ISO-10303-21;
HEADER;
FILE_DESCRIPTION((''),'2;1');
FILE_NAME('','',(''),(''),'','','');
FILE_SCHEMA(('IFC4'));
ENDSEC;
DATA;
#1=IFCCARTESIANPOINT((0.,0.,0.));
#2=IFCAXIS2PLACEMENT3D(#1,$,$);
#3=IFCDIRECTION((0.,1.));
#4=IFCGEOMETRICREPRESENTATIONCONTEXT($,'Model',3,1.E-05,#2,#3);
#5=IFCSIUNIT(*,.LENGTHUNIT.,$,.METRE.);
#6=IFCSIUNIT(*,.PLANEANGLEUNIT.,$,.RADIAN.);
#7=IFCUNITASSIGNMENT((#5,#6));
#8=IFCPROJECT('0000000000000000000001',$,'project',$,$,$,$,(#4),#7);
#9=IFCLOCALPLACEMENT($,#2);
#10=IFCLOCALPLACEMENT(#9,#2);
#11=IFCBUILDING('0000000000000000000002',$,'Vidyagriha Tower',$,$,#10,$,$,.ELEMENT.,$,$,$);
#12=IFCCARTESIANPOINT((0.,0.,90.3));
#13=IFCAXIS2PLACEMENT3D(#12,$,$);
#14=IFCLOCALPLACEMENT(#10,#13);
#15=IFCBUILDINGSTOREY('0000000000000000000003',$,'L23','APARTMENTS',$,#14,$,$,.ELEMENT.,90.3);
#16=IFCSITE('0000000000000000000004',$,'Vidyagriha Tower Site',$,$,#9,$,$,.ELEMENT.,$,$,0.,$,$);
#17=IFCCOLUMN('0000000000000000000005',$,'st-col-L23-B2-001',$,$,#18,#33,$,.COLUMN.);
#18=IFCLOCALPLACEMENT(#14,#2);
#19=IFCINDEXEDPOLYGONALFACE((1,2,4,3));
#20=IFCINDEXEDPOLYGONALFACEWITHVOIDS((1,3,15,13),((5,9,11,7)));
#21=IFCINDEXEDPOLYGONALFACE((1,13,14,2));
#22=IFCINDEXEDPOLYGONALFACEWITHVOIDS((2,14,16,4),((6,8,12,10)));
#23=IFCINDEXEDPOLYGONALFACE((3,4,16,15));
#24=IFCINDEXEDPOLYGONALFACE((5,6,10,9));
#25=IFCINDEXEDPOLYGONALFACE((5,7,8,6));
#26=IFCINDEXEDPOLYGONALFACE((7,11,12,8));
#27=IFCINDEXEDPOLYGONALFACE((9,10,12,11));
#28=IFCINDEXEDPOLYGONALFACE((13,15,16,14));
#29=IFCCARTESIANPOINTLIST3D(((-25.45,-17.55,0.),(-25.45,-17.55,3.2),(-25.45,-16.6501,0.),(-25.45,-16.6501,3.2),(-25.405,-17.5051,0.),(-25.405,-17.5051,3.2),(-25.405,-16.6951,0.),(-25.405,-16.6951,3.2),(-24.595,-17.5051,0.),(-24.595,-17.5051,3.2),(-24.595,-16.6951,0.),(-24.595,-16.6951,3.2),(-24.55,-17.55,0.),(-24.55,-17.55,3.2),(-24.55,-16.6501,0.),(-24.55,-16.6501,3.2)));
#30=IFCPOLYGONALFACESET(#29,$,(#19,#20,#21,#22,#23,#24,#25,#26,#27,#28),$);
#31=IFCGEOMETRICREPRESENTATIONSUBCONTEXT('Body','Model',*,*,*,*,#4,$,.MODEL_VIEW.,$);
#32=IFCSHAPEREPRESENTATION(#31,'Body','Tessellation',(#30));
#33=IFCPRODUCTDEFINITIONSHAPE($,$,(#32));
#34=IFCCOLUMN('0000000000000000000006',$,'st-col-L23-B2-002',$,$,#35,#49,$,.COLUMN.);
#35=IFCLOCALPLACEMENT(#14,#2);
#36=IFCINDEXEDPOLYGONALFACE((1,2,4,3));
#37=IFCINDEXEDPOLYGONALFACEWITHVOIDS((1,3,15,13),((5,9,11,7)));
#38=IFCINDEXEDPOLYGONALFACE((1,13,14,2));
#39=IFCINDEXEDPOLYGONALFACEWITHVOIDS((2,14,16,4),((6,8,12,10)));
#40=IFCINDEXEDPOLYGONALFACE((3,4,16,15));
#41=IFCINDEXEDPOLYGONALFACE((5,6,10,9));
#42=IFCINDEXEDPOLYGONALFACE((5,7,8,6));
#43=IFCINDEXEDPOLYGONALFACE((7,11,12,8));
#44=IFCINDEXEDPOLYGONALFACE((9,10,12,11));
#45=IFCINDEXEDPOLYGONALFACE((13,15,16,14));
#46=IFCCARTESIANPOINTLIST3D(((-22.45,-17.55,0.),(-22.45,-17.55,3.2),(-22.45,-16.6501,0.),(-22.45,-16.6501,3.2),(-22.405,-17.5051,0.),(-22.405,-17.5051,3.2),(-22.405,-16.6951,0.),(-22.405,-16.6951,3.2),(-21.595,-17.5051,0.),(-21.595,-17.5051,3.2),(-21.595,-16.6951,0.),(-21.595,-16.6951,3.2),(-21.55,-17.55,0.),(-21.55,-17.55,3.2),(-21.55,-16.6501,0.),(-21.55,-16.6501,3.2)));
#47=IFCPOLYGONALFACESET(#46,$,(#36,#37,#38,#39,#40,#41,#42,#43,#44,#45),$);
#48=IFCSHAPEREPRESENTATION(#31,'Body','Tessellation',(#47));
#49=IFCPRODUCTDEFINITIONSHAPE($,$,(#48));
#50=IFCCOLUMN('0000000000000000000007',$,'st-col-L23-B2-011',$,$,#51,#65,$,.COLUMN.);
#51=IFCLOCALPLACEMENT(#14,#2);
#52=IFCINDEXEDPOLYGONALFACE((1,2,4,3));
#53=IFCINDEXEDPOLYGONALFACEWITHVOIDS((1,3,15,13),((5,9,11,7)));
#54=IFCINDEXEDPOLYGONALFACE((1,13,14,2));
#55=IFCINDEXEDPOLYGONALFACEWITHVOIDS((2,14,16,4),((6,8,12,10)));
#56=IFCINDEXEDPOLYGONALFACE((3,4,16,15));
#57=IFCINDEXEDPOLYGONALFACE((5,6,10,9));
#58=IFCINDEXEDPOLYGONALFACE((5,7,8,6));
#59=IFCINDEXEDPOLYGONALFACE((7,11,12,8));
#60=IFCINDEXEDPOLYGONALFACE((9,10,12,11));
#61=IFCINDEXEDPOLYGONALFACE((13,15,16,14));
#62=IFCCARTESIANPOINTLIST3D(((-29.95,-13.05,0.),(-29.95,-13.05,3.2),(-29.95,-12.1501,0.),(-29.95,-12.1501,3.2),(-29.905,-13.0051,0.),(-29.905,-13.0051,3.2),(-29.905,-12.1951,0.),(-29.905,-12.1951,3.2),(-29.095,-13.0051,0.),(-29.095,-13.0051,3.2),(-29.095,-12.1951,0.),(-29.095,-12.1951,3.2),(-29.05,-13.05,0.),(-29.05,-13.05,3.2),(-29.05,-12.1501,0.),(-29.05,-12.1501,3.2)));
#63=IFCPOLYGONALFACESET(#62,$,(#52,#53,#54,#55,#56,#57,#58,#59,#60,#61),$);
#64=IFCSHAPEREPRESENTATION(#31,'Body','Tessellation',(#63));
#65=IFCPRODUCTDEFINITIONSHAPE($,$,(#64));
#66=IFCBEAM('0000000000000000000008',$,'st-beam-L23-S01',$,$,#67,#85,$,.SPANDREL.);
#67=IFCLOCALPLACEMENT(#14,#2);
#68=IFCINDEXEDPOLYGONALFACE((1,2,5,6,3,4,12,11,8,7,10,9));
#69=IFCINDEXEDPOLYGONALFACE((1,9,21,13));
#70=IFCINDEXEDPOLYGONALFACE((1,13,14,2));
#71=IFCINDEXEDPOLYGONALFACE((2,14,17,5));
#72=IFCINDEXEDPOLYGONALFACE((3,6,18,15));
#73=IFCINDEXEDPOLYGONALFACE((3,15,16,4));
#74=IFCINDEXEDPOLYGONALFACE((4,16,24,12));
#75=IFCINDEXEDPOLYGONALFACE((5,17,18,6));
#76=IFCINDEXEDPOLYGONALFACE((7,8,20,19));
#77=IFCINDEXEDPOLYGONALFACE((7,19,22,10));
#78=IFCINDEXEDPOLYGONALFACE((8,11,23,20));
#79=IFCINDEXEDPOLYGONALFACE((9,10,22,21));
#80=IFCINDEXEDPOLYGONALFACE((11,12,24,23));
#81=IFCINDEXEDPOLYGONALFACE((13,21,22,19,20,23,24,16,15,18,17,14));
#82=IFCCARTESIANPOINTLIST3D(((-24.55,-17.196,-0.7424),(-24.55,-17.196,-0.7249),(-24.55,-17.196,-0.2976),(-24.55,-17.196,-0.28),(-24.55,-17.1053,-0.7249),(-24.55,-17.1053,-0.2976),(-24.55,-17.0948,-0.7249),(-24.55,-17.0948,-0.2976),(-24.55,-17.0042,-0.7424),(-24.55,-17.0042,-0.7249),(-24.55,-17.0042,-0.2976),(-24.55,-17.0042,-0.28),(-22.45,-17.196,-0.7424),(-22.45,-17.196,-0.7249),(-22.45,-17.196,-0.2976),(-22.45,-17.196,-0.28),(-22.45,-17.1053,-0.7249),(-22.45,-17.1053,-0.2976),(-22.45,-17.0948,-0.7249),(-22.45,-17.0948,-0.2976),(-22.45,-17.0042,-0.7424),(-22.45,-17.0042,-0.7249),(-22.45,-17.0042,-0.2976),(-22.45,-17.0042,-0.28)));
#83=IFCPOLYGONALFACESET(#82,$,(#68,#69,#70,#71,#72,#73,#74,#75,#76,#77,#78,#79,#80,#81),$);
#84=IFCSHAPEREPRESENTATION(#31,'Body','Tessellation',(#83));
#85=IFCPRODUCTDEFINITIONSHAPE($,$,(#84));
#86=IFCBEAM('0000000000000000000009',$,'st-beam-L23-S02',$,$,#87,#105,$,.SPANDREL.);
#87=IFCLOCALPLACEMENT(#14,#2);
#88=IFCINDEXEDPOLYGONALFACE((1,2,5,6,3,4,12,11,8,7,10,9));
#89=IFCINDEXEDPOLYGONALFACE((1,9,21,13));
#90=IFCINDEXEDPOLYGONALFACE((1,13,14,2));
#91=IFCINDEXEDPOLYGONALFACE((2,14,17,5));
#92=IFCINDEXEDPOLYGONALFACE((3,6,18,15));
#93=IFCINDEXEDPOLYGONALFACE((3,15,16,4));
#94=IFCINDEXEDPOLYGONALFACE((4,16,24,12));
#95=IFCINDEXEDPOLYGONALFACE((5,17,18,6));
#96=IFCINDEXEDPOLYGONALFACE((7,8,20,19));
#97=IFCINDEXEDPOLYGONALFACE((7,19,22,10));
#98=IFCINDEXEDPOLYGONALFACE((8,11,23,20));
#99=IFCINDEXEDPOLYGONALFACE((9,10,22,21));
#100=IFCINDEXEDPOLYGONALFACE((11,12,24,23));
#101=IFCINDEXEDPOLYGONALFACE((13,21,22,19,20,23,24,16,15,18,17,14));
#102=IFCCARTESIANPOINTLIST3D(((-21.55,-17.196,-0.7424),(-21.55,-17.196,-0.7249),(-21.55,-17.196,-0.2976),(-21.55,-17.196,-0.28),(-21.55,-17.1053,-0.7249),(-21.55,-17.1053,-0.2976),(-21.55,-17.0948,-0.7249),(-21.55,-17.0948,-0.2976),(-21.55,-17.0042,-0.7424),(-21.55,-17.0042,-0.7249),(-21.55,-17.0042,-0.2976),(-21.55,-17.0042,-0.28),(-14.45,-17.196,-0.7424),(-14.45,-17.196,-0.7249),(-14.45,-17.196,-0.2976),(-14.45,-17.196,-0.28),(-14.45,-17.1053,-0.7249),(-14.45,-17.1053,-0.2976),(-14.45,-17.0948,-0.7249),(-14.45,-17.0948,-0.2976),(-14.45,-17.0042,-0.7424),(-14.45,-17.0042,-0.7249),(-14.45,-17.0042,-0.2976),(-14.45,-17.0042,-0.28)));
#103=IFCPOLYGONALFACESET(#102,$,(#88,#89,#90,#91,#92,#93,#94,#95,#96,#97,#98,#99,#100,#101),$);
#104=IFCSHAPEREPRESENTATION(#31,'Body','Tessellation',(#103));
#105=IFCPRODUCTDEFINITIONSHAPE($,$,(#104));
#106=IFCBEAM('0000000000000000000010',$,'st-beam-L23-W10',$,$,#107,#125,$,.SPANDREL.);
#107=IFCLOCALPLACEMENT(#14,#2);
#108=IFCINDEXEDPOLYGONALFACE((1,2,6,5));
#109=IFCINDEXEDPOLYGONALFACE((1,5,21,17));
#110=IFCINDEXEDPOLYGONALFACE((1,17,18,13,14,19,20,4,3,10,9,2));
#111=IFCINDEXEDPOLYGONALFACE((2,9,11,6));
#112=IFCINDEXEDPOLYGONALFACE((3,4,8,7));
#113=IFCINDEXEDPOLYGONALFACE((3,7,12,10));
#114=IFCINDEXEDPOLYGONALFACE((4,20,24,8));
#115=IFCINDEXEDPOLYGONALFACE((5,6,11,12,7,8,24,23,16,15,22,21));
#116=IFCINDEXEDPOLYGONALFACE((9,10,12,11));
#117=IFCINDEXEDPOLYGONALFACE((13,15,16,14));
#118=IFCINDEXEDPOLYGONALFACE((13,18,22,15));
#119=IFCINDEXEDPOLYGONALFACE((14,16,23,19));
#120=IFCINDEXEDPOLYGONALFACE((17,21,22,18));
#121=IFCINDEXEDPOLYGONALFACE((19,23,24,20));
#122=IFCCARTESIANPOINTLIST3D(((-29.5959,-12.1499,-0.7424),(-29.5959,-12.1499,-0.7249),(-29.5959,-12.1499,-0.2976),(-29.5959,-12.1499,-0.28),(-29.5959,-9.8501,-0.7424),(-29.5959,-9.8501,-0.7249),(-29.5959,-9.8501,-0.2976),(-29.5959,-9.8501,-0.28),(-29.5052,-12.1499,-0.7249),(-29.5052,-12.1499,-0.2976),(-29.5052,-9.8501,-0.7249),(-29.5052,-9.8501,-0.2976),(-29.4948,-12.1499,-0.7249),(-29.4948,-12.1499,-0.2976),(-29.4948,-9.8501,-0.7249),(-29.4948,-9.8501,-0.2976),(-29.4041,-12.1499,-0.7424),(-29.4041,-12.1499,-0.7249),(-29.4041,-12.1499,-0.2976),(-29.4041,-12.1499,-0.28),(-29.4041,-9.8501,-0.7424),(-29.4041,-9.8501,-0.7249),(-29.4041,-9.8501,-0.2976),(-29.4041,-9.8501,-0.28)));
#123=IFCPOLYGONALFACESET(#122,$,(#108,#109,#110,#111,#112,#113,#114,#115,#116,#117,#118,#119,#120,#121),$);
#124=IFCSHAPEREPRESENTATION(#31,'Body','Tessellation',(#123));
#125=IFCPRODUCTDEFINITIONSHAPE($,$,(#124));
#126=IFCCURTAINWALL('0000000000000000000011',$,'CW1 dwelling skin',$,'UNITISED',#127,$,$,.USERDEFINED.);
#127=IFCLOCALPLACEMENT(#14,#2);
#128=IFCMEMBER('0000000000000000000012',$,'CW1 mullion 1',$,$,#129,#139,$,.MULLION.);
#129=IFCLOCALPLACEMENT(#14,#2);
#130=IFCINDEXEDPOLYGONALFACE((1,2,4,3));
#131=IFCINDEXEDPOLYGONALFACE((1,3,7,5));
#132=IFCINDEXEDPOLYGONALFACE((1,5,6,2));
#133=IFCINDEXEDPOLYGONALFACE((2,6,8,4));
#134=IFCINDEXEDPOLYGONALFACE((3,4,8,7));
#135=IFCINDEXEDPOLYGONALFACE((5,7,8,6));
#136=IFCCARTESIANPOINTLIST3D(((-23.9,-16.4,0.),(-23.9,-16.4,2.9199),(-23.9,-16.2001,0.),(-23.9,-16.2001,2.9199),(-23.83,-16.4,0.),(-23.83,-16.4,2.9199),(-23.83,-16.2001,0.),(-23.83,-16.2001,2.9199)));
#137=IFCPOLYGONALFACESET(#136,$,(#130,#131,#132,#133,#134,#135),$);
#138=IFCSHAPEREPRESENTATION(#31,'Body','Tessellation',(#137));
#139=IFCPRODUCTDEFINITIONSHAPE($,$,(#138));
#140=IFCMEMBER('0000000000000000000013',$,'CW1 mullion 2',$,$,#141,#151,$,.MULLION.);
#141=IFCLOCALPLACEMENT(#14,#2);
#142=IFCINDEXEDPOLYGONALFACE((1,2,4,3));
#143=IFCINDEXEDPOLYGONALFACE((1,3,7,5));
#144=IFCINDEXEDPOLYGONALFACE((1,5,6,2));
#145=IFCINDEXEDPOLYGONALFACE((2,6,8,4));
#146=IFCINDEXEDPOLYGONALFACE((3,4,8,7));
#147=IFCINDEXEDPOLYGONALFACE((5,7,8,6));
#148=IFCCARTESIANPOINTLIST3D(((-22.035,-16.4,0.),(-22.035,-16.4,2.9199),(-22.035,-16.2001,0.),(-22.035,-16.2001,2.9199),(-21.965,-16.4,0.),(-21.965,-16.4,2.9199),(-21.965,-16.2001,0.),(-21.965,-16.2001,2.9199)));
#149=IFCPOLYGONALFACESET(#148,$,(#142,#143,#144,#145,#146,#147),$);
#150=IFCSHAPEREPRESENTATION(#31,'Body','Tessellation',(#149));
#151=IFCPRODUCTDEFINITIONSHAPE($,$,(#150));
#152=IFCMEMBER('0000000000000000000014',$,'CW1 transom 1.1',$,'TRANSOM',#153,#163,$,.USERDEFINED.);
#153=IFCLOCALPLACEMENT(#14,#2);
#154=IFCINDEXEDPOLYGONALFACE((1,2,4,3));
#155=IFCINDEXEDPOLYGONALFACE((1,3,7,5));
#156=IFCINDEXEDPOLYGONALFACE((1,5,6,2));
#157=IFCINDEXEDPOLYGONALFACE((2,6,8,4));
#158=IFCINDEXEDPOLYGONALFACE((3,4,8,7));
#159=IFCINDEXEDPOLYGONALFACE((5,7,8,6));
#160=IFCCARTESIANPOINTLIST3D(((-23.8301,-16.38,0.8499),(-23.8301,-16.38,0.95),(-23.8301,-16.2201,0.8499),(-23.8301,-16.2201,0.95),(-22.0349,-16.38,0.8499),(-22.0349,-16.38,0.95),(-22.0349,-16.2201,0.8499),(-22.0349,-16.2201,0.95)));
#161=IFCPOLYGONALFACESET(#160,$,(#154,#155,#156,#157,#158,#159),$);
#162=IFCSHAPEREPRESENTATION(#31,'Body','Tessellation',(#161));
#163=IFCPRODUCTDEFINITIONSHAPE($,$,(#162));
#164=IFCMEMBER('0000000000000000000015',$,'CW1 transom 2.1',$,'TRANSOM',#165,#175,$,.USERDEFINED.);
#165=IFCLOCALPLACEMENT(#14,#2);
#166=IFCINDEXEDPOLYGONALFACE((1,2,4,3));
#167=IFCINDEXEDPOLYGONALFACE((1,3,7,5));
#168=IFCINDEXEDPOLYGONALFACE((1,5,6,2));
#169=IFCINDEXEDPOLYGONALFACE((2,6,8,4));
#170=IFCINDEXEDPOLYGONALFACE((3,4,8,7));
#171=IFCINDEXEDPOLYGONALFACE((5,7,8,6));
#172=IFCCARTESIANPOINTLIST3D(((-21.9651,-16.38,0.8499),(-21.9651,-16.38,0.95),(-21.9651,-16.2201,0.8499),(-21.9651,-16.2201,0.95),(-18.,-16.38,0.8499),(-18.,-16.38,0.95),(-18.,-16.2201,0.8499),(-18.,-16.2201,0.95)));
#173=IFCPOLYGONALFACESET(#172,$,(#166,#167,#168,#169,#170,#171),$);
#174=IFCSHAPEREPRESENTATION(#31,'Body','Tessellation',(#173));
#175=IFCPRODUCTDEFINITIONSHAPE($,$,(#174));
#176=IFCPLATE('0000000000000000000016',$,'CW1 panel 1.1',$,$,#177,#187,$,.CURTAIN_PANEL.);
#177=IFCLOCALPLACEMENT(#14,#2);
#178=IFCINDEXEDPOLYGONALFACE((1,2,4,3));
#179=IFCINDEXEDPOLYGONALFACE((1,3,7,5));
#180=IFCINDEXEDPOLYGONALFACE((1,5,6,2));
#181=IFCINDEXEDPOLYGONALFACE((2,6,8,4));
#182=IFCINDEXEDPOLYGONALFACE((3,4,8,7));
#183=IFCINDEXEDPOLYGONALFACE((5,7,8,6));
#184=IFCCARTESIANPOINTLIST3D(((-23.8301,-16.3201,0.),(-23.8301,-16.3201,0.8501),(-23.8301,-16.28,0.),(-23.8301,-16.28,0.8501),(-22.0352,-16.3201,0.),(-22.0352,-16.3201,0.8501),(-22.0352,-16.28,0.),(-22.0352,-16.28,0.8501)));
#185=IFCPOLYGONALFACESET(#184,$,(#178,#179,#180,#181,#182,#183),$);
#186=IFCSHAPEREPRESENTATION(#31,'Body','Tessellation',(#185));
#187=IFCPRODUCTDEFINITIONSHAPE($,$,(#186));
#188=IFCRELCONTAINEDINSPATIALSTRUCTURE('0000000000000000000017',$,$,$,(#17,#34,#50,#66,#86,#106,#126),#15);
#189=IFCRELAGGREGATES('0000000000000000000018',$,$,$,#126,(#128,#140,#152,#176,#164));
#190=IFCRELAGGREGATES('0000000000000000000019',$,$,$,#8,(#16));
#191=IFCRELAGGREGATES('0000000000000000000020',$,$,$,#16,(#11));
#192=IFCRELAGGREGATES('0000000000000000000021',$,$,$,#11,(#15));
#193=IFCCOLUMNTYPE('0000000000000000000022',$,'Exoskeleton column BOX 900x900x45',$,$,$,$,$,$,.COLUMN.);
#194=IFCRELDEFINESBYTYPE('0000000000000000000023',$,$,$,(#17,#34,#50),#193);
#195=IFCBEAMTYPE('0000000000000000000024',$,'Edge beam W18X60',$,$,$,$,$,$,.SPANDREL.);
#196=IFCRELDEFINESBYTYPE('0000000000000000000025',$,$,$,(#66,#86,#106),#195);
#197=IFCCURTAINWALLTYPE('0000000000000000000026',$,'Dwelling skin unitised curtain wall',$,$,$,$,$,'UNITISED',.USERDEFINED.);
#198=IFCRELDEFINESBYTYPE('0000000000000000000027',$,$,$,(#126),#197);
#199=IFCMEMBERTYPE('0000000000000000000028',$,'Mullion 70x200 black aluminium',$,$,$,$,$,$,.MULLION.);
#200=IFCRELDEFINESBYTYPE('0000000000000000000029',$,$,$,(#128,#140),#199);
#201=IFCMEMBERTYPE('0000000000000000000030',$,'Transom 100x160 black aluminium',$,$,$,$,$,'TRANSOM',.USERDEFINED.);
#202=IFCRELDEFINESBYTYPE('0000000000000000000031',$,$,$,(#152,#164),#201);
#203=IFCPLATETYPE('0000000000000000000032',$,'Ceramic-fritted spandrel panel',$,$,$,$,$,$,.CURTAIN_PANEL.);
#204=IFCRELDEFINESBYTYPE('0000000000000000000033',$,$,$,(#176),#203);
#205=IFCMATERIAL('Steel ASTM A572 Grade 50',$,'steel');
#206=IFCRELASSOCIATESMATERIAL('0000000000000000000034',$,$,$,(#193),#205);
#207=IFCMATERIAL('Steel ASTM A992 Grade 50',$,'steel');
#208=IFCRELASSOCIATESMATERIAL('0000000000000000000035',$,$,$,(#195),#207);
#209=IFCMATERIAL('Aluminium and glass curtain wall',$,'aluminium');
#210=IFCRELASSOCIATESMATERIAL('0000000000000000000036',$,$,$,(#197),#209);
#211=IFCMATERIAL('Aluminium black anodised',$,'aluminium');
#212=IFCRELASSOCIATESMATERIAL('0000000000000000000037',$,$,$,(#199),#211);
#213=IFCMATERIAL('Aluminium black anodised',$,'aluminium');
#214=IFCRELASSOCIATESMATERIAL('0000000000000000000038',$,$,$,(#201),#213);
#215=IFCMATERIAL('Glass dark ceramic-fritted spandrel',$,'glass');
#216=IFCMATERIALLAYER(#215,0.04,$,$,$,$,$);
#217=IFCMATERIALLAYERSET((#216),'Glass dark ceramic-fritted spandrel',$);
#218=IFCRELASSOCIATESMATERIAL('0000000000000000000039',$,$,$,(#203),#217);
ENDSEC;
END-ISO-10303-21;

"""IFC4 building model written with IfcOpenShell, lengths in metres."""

from ifc_helpers import new_model, si_unit, direction, frame, origin, origin_2d, place, context, subcontext, project, spatial, rectangle, hollow_rectangle, i_section, extrude, material, layer, layer_set, material_profile, profile_set, type_object, element, aggregate, save


model = new_model("IFC4")

# Units and contexts
model_context = context("Model", 3, precision=1e-05, world=origin(), true_north=direction((0.0, 1.0)))
body_context = subcontext(model_context, "Body", "Model", "MODEL_VIEW")
ifc_project = project(units=[si_unit("LENGTHUNIT", "METRE"), si_unit("PLANEANGLEUNIT", "RADIAN")], contexts=[model_context])

# Site, building, storey
site_placement = place(None, origin())
site = spatial("IfcSite", under=ifc_project, at=site_placement, Name="Vidyagriha Tower Site", CompositionType="ELEMENT", RefElevation=0.0)
building_placement = place(site_placement, origin())
building = spatial("IfcBuilding", under=site, at=building_placement, Name="Vidyagriha Tower", CompositionType="ELEMENT")
storey_placement = place(building_placement, frame((0.0, 0.0, 90.3)))
storey = spatial("IfcBuildingStorey", under=building, at=storey_placement, Name="L23", Description="APARTMENTS", CompositionType="ELEMENT", Elevation=90.3)

# Columns
ifc_material_1 = material(Name="Steel ASTM A572 Grade 50", Category="steel")
ifc_material_profile_1 = material_profile(ifc_material_1, hollow_rectangle(XDim=0.8999, YDim=0.8999, WallThickness=0.0449, at=origin_2d()), Name="BOX 900x900x45")
ifc_profile_set_1 = profile_set([ifc_material_profile_1], Name="Steel ASTM A572 Grade 50")
column_type = type_object("IfcColumnType", Name="Exoskeleton column BOX 900x900x45", PredefinedType="COLUMN", material=ifc_profile_set_1)
for number, where, name in (
    (1, (-25.0, -17.1001, 0.0), "st-col-L23-B2-001"),
    (2, (-22.0, -17.1001, 0.0), "st-col-L23-B2-002"),
    (3, (-29.5, -12.6001, 0.0), "st-col-L23-B2-011"),
):
    element("IfcColumn", number, at=place(storey_placement, frame(where)), inside=storey, type_object=column_type, Name=name, PredefinedType="COLUMN", context=body_context, shape_type="SweptSolid", body=[
        extrude(hollow_rectangle(XDim=0.8999, YDim=0.8999, WallThickness=0.0449, at=origin_2d()), origin(), (0.0, 0.0, 1.0), 3.2),
    ])

# Beams
ifc_material_2 = material(Name="Steel ASTM A992 Grade 50", Category="steel")
ifc_material_profile_2 = material_profile(ifc_material_2, i_section(OverallWidth=0.1919, OverallDepth=0.4624, WebThickness=0.0105, FlangeThickness=0.0176, at=origin_2d()), Name="W18X60")
ifc_profile_set_2 = profile_set([ifc_material_profile_2], Name="Steel ASTM A992 Grade 50")
beam_type = type_object("IfcBeamType", Name="Edge beam W18X60", PredefinedType="SPANDREL", material=ifc_profile_set_2)
beam_1_placement = place(storey_placement, frame((-24.55, -17.1001, -0.5112), z_axis=(1.0, 0.0, 0.0), x_axis=(0.0, 1.0, 0.0)))
element("IfcBeam", 4, at=beam_1_placement, inside=storey, type_object=beam_type, Name="st-beam-L23-S01", PredefinedType="SPANDREL", context=body_context, shape_type="SweptSolid", body=[
    extrude(i_section(OverallWidth=0.1919, OverallDepth=0.4624, WebThickness=0.0105, FlangeThickness=0.0176, at=origin_2d()), origin(), (0.0, 0.0, 1.0), 2.1001),
])
beam_2_placement = place(storey_placement, frame((-21.55, -17.1001, -0.5112), z_axis=(1.0, 0.0, 0.0), x_axis=(0.0, 1.0, 0.0)))
element("IfcBeam", 5, at=beam_2_placement, inside=storey, type_object=beam_type, Name="st-beam-L23-S02", PredefinedType="SPANDREL", context=body_context, shape_type="SweptSolid", body=[
    extrude(i_section(OverallWidth=0.1919, OverallDepth=0.4624, WebThickness=0.0105, FlangeThickness=0.0176, at=origin_2d()), origin(), (0.0, 0.0, 1.0), 7.1001),
])
beam_3_placement = place(storey_placement, frame((-29.5, -12.1499, -0.5112), z_axis=(0.0, 1.0, 0.0), x_axis=(-1.0, 0.0, 0.0)))
element("IfcBeam", 6, at=beam_3_placement, inside=storey, type_object=beam_type, Name="st-beam-L23-W10", PredefinedType="SPANDREL", context=body_context, shape_type="SweptSolid", body=[
    extrude(i_section(OverallWidth=0.1919, OverallDepth=0.4624, WebThickness=0.0105, FlangeThickness=0.0176, at=origin_2d()), origin(), (0.0, 0.0, 1.0), 2.2998),
])

# Curtain wall, members, plate
ifc_material_3 = material(Name="Aluminium and glass curtain wall", Category="aluminium")
curtain_wall_type = type_object("IfcCurtainWallType", Name="Dwelling skin unitised curtain wall", ElementType="UNITISED", PredefinedType="USERDEFINED", material=ifc_material_3)
curtain_wall_placement = place(storey_placement, origin())
curtain_wall = element("IfcCurtainWall", 7, at=curtain_wall_placement, inside=storey, type_object=curtain_wall_type, Name="CW1 dwelling skin", ObjectType="UNITISED", PredefinedType="USERDEFINED")
ifc_material_4 = material(Name="Aluminium black anodised", Category="aluminium")
ifc_material_profile_3 = material_profile(ifc_material_4, rectangle(XDim=0.2, YDim=0.0701, at=origin_2d()), Name="Mullion 70x200 black aluminium")
ifc_profile_set_3 = profile_set([ifc_material_profile_3], Name="Aluminium black anodised")
member_type_1 = type_object("IfcMemberType", Name="Mullion 70x200 black aluminium", PredefinedType="MULLION", material=ifc_profile_set_3)
member_1_placement = place(storey_placement, frame((-23.865, -16.3, 0.0), z_axis=(0.0, 0.0, 1.0), x_axis=(0.0, 1.0, 0.0)))
member_1 = element("IfcMember", 8, at=member_1_placement, type_object=member_type_1, Name="CW1 mullion 1", PredefinedType="MULLION", context=body_context, shape_type="SweptSolid", body=[
    extrude(rectangle(XDim=0.2, YDim=0.0701, at=origin_2d()), origin(), (0.0, 0.0, 1.0), 2.9199),
])
member_2_placement = place(storey_placement, frame((-22.0, -16.3, 0.0), z_axis=(0.0, 0.0, 1.0), x_axis=(0.0, 1.0, 0.0)))
member_2 = element("IfcMember", 9, at=member_2_placement, type_object=member_type_1, Name="CW1 mullion 2", PredefinedType="MULLION", context=body_context, shape_type="SweptSolid", body=[
    extrude(rectangle(XDim=0.2, YDim=0.0701, at=origin_2d()), origin(), (0.0, 0.0, 1.0), 2.9199),
])
ifc_material_5 = material(Name="Aluminium black anodised", Category="aluminium")
ifc_material_profile_4 = material_profile(ifc_material_5, rectangle(XDim=0.1599, YDim=0.1001, at=origin_2d()), Name="Transom 100x160 black aluminium")
ifc_profile_set_4 = profile_set([ifc_material_profile_4], Name="Aluminium black anodised")
member_type_2 = type_object("IfcMemberType", Name="Transom 100x160 black aluminium", ElementType="TRANSOM", PredefinedType="USERDEFINED", material=ifc_profile_set_4)
member_3_placement = place(storey_placement, frame((-23.8301, -16.3, 0.8999), z_axis=(1.0, 0.0, 0.0), x_axis=(0.0, 1.0, 0.0)))
member_3 = element("IfcMember", 10, at=member_3_placement, type_object=member_type_2, Name="CW1 transom 1.1", ObjectType="TRANSOM", PredefinedType="USERDEFINED", context=body_context, shape_type="SweptSolid", body=[
    extrude(rectangle(XDim=0.1599, YDim=0.1001, at=origin_2d()), origin(), (0.0, 0.0, 1.0), 1.7952),
])
member_4_placement = place(storey_placement, frame((-21.9651, -16.3, 0.8999), z_axis=(1.0, 0.0, 0.0), x_axis=(0.0, 1.0, 0.0)))
member_4 = element("IfcMember", 11, at=member_4_placement, type_object=member_type_2, Name="CW1 transom 2.1", ObjectType="TRANSOM", PredefinedType="USERDEFINED", context=body_context, shape_type="SweptSolid", body=[
    extrude(rectangle(XDim=0.1599, YDim=0.1001, at=origin_2d()), origin(), (0.0, 0.0, 1.0), 3.9651),
])
ifc_material_6 = material(Name="Glass dark ceramic-fritted spandrel", Category="glass")
ifc_layer_1 = layer(ifc_material_6, 0.04)
ifc_layer_set_1 = layer_set([ifc_layer_1], Name="Glass dark ceramic-fritted spandrel")
plate_type_1 = type_object("IfcPlateType", Name="Ceramic-fritted spandrel panel", PredefinedType="CURTAIN_PANEL", material=ifc_layer_set_1)
plate_1_placement = place(storey_placement, frame((-22.9326, -16.3, 0.0)))
plate_1 = element("IfcPlate", 12, at=plate_1_placement, type_object=plate_type_1, Name="CW1 panel 1.1", PredefinedType="CURTAIN_PANEL", context=body_context, shape_type="SweptSolid", body=[
    extrude(rectangle(XDim=1.7949, YDim=0.04, at=origin_2d()), origin(), (0.0, 0.0, 1.0), 0.8501),
])
aggregate(curtain_wall, [member_1, member_2, member_3, plate_1, member_4])

save(model, "model.ifc")
